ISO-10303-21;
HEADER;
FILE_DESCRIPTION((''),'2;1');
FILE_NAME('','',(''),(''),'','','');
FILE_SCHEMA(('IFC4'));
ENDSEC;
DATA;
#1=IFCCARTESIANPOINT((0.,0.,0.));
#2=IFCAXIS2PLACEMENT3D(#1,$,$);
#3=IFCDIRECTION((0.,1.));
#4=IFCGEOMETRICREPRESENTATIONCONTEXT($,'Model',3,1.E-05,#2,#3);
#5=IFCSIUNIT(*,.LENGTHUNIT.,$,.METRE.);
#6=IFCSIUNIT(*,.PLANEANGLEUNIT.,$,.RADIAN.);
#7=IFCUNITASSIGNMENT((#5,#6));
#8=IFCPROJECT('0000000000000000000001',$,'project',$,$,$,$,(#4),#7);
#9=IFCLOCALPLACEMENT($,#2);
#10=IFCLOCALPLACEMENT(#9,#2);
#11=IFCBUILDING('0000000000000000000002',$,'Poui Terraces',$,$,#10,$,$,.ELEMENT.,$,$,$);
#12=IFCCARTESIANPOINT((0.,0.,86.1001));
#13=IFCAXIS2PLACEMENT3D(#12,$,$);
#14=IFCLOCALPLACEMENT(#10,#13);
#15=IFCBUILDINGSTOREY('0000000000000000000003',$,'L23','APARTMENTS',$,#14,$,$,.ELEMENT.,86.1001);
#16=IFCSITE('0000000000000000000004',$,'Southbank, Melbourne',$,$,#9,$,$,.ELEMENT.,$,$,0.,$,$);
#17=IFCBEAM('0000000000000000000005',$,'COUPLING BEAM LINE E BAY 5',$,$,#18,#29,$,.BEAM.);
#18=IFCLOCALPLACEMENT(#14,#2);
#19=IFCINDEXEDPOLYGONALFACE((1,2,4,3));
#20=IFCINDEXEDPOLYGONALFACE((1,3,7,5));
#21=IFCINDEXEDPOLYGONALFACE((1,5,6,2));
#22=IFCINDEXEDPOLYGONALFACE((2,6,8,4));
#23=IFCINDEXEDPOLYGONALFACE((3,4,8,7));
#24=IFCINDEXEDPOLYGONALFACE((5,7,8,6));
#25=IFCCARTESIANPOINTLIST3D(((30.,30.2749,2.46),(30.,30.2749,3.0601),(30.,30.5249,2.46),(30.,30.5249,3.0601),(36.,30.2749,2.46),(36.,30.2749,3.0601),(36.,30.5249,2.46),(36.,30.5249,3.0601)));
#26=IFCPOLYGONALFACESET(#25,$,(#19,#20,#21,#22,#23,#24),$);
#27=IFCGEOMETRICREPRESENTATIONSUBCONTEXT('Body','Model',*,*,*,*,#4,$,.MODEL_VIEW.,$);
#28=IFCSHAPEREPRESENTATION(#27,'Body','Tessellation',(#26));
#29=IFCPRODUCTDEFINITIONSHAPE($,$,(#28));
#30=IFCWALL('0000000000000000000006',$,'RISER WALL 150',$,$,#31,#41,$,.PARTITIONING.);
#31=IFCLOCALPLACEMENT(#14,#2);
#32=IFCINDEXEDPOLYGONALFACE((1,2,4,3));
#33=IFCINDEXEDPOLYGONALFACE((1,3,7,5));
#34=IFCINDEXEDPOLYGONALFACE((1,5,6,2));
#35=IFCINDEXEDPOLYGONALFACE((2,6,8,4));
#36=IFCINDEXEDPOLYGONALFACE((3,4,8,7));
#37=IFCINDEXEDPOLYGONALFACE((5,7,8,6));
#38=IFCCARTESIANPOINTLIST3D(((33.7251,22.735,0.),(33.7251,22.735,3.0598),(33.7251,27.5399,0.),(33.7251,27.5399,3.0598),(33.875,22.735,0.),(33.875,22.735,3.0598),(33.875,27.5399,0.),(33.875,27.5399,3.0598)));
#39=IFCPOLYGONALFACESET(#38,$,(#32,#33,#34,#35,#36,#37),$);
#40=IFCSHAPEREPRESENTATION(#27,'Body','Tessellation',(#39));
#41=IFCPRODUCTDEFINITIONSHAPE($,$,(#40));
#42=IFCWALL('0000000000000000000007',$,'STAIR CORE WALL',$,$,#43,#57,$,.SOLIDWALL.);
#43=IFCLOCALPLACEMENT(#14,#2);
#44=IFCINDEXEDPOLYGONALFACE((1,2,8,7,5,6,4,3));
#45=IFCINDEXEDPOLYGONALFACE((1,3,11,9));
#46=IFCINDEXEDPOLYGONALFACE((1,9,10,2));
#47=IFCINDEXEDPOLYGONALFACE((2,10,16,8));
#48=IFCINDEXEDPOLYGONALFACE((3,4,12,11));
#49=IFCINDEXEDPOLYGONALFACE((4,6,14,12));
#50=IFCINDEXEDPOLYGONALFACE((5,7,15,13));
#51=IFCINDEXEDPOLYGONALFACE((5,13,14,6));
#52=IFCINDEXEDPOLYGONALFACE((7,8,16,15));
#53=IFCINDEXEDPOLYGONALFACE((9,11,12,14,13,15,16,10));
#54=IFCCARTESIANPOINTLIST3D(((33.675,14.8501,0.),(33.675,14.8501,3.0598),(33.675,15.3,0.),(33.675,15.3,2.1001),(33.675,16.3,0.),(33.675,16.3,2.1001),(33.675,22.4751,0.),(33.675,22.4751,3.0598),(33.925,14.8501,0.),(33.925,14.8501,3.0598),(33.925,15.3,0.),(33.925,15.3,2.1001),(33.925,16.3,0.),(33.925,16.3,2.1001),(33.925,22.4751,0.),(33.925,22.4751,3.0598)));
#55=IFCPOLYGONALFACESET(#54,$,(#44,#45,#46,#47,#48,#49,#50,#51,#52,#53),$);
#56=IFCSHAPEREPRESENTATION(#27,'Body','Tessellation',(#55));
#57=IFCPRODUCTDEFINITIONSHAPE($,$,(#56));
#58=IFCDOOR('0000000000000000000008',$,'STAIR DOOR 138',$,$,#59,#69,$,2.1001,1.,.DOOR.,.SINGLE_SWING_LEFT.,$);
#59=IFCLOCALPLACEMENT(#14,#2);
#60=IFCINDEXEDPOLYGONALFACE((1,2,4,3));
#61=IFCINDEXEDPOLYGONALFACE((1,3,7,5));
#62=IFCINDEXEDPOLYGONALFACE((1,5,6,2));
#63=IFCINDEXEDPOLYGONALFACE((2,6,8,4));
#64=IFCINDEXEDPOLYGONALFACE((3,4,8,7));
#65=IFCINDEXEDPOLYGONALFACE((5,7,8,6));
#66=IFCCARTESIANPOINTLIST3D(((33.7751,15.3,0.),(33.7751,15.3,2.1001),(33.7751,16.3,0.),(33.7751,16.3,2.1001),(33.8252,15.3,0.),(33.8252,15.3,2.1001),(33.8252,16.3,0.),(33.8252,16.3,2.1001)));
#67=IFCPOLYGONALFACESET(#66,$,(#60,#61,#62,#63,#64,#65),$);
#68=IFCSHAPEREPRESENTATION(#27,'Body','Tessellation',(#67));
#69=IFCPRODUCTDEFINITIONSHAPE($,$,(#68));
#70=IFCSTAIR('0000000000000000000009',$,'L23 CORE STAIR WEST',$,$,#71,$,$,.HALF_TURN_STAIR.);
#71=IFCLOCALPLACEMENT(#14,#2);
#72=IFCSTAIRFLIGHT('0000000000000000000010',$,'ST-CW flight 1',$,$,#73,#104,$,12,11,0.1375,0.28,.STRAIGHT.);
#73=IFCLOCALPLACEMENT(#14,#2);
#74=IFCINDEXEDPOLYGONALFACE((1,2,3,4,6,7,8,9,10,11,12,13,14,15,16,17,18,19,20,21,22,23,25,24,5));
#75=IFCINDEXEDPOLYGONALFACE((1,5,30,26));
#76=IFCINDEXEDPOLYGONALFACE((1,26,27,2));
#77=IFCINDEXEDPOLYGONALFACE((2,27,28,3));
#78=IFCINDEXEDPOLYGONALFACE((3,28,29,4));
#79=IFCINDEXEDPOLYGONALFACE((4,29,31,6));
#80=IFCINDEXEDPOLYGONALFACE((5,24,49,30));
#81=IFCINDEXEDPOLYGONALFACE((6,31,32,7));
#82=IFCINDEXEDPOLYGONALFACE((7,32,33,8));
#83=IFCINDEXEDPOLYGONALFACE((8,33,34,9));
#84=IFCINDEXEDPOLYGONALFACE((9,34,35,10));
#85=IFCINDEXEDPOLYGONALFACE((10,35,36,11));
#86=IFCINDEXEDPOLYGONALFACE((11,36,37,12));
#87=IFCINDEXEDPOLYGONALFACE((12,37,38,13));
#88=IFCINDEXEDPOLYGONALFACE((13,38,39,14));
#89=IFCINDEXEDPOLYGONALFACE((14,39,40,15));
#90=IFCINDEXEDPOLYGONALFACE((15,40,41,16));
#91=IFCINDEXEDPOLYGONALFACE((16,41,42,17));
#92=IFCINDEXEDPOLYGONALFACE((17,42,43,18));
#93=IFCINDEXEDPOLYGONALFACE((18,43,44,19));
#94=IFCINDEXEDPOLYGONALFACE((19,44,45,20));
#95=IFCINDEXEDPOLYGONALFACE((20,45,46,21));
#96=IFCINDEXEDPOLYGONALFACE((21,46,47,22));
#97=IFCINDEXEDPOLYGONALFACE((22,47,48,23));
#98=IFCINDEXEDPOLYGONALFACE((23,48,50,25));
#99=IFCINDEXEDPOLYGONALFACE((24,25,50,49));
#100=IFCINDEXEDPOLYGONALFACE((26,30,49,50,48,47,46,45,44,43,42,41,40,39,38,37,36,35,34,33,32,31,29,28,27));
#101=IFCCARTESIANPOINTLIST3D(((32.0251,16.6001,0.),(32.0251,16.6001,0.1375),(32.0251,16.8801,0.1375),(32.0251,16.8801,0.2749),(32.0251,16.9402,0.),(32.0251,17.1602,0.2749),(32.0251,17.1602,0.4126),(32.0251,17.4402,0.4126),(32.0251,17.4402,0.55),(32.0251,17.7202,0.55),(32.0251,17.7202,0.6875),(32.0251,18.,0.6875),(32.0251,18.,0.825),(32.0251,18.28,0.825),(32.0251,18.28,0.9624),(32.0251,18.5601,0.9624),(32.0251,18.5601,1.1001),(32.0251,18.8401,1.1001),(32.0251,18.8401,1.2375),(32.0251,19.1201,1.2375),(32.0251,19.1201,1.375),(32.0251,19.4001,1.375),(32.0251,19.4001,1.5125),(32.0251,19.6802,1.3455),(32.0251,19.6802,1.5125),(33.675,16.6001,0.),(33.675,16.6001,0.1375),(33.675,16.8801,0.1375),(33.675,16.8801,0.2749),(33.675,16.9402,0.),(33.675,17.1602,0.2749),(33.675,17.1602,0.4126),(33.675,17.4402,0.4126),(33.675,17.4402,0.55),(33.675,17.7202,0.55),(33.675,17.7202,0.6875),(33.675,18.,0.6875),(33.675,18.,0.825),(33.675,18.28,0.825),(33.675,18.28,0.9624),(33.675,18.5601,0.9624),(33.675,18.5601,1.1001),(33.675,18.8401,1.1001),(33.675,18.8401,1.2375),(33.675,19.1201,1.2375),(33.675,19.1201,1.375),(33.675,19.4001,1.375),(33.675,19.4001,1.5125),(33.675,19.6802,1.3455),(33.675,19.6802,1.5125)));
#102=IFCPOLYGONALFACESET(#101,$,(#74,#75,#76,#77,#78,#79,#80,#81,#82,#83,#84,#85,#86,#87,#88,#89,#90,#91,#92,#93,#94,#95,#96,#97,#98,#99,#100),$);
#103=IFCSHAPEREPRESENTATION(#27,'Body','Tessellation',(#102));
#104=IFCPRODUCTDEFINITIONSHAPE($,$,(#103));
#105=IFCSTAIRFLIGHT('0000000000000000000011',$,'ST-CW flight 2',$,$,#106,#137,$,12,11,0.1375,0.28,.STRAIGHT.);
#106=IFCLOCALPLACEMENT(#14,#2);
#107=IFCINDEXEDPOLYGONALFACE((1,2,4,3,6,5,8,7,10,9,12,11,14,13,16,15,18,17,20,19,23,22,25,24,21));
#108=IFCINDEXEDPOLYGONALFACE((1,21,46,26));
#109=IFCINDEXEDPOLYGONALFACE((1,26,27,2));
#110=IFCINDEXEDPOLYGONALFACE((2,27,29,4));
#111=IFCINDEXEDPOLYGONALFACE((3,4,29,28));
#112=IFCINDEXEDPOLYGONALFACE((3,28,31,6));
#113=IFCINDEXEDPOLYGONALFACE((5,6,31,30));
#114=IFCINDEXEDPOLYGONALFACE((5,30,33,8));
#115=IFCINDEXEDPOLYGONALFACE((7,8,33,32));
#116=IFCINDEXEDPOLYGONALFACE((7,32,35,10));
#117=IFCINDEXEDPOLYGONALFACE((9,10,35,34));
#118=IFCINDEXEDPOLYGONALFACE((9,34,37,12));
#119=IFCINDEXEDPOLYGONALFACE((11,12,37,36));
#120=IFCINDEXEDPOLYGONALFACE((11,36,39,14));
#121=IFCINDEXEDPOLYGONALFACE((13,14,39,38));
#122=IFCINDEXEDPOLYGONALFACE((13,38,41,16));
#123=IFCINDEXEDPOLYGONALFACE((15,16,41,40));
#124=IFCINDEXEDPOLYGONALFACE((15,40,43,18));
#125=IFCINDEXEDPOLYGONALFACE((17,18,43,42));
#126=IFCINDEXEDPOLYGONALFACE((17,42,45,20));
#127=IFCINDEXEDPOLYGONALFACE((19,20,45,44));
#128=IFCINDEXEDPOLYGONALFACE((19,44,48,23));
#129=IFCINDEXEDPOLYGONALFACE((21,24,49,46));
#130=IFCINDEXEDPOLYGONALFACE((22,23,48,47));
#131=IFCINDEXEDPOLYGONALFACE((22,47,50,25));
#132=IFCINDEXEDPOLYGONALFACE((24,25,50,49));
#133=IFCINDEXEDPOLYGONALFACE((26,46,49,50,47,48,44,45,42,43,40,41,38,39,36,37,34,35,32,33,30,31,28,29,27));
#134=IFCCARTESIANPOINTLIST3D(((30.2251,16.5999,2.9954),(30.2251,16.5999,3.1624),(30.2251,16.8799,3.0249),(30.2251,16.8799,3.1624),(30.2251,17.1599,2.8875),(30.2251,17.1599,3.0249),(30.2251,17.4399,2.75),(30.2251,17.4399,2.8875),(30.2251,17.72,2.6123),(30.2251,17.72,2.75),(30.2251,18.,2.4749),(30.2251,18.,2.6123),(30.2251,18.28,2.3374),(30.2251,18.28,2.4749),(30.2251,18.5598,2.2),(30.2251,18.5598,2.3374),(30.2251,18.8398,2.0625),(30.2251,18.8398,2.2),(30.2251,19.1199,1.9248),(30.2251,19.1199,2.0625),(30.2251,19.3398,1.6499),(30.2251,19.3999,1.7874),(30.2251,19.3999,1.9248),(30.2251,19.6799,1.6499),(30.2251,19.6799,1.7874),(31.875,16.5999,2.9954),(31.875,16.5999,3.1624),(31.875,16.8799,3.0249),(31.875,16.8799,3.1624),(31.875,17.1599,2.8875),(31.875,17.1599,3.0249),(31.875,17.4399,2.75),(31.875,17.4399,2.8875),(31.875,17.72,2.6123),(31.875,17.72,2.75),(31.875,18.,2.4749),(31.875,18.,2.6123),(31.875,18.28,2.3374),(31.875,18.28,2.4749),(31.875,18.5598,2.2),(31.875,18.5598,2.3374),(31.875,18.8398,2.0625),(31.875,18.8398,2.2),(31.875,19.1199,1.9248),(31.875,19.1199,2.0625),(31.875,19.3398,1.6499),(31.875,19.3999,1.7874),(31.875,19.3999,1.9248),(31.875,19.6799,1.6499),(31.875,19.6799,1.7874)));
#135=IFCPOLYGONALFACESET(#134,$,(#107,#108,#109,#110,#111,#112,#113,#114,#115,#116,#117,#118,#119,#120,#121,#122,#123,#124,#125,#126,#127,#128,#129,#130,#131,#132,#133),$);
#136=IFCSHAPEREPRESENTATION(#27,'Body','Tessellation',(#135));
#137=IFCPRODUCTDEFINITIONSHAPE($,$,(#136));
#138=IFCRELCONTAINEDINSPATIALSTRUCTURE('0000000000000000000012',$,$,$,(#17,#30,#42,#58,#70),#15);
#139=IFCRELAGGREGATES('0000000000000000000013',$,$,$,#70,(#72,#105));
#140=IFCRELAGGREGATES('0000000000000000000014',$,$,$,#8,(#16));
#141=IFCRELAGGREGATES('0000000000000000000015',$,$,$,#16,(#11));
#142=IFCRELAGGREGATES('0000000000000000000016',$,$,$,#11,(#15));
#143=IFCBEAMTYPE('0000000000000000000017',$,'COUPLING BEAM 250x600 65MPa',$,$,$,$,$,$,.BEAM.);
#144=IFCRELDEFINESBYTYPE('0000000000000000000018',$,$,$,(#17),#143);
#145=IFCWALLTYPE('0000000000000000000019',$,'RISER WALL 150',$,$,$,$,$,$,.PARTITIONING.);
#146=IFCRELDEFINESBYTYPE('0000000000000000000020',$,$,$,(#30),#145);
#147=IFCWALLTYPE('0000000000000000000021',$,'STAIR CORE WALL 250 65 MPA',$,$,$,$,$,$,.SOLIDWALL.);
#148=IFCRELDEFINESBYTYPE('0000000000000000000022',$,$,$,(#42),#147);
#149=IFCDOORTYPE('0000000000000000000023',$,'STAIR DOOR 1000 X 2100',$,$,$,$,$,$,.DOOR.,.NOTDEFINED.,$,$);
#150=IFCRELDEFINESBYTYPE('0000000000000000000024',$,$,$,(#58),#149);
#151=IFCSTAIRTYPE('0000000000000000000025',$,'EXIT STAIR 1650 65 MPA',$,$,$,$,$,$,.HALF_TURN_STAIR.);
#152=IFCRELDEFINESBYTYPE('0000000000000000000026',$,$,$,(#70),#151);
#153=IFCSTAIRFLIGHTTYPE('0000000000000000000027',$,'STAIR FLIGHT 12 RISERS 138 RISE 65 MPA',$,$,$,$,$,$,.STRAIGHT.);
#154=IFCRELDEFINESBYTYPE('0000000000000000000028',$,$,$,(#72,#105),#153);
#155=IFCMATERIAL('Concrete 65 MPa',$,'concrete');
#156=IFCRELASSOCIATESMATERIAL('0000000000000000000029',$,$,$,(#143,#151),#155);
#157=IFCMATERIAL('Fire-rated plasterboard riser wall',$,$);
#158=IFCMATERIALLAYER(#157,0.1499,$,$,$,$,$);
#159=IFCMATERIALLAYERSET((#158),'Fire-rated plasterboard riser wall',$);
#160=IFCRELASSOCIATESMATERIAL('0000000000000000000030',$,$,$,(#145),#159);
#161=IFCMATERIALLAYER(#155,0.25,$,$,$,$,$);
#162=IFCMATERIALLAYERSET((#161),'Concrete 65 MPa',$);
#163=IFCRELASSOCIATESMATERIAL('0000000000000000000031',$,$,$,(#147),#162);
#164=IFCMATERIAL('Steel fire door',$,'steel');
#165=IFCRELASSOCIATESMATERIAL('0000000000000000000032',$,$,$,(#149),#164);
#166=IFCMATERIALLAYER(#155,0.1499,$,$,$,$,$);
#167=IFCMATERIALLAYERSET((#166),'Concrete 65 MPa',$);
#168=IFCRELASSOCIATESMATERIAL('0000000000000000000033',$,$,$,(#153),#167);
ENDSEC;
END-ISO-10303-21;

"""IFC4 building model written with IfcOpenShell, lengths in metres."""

from ifc_helpers import new_model, si_unit, direction, frame, frame_2d, origin, origin_2d, place, context, subcontext, project, spatial, polyline, rectangle, outline, extrude, source, transform, mapped, material, layer, layer_set, material_profile, profile_set, type_object, element, fill, aggregate, save


model = new_model("IFC4")

# Units and contexts
model_context = context("Model", 3, precision=1e-05, world=origin(), true_north=direction((0.0, 1.0)))
body_context = subcontext(model_context, "Body", "Model", "MODEL_VIEW")
ifc_project = project(units=[si_unit("LENGTHUNIT", "METRE"), si_unit("PLANEANGLEUNIT", "RADIAN")], contexts=[model_context])

# Site, building, storey
site_placement = place(None, origin())
site = spatial("IfcSite", under=ifc_project, at=site_placement, Name="Southbank, Melbourne", CompositionType="ELEMENT", RefElevation=0.0)
building_placement = place(site_placement, origin())
building = spatial("IfcBuilding", under=site, at=building_placement, Name="Poui Terraces", CompositionType="ELEMENT")
storey_placement = place(building_placement, frame((0.0, 0.0, 86.1001)))
storey = spatial("IfcBuildingStorey", under=building, at=storey_placement, Name="L23", Description="APARTMENTS", CompositionType="ELEMENT", Elevation=86.1001)

# Beam
ifc_material_1 = material(Name="Concrete 65 MPa", Category="concrete")
ifc_material_profile = material_profile(ifc_material_1, rectangle(XDim=0.25, YDim=0.6001, at=origin_2d()), Name="RC 250x600")
ifc_profile_set = profile_set([ifc_material_profile], Name="Concrete 65 MPa")
beam_type = type_object("IfcBeamType", Name="COUPLING BEAM 250x600 65MPa", PredefinedType="BEAM", material=ifc_profile_set)
shared_shape = source(origin(), body_context, "Body", "SweptSolid", [
    extrude(rectangle(XDim=0.25, YDim=0.6001, at=origin_2d()), origin(), (0.0, 0.0, 1.0), 6.0),
])
beam_placement = place(storey_placement, frame((30.0, 30.3999, 2.76), z_axis=(1.0, 0.0, 0.0), x_axis=(0.0, 1.0, 0.0)))
element("IfcBeam", 1, at=beam_placement, inside=storey, type_object=beam_type, Name="COUPLING BEAM LINE E BAY 5", PredefinedType="BEAM", context=body_context, shape_type="MappedRepresentation", body=[
    mapped(shared_shape, transform((0.0, 0.0, 0.0))),
])

# Shared definitions
ifc_material_2 = material(Name="Steel fire door", Category="steel")

# Wall
ifc_material_3 = material(Name="Fire-rated plasterboard riser wall")
ifc_layer_1 = layer(ifc_material_3, 0.1499)
ifc_layer_set_1 = layer_set([ifc_layer_1], Name="Fire-rated plasterboard riser wall")
wall_type_1 = type_object("IfcWallType", Name="RISER WALL 150", PredefinedType="PARTITIONING", material=ifc_layer_set_1)
wall_1_placement = place(storey_placement, frame((33.8, 22.7351, 0.0), z_axis=(0.0, 0.0, 1.0), x_axis=(0.0, 1.0, 0.0)))
element("IfcWall", 2, at=wall_1_placement, inside=storey, type_object=wall_type_1, Name="RISER WALL 150", PredefinedType="PARTITIONING", context=body_context, shape_type="SweptSolid", body=[
    extrude(rectangle(XDim=4.8049, YDim=0.1499, at=frame_2d((2.4023, 0.0))), origin(), (0.0, 0.0, 1.0), 3.0598),
])

# Wall, opening, door
ifc_layer_2 = layer(ifc_material_1, 0.25)
ifc_layer_set_2 = layer_set([ifc_layer_2], Name="Concrete 65 MPa")
wall_type_2 = type_object("IfcWallType", Name="STAIR CORE WALL 250 65 MPA", PredefinedType="SOLIDWALL", material=ifc_layer_set_2)
wall_2_placement = place(storey_placement, frame((33.8, 14.8501, 0.0), z_axis=(0.0, 0.0, 1.0), x_axis=(0.0, 1.0, 0.0)))
wall_2 = element("IfcWall", 3, at=wall_2_placement, inside=storey, type_object=wall_type_2, Name="STAIR CORE WALL", PredefinedType="SOLIDWALL", context=body_context, shape_type="SweptSolid", body=[
    extrude(rectangle(XDim=7.625, YDim=0.25, at=frame_2d((3.8125, 0.0))), origin(), (0.0, 0.0, 1.0), 3.0598),
])
opening_1_placement = place(wall_2_placement, frame((0.45, 0.0, 0.0)))
opening_1 = element("IfcOpeningElement", 4, at=opening_1_placement, cuts=wall_2, PredefinedType="OPENING", context=body_context, shape_type="SweptSolid", body=[
    extrude(rectangle(XDim=1.0, YDim=2.1001, at=frame_2d((0.5, 1.05))), frame((0.0, 0.135, 0.0), z_axis=(0.0, -1.0, 0.0), x_axis=(1.0, 0.0, 0.0)), (0.0, 0.0, 1.0), 0.27),
])
door_type_1 = type_object("IfcDoorType", Name="STAIR DOOR 1000 X 2100", OperationType="NOTDEFINED", PredefinedType="DOOR", material=ifc_material_2)
door_1_placement = place(opening_1_placement, origin())
door_1 = element("IfcDoor", 5, at=door_1_placement, inside=storey, type_object=door_type_1, Name="STAIR DOOR 138", OperationType="SINGLE_SWING_LEFT", OverallHeight=2.1001, OverallWidth=1.0, PredefinedType="DOOR", context=body_context, shape_type="SweptSolid", body=[
    extrude(rectangle(XDim=1.0, YDim=2.1001, at=frame_2d((0.5, 1.05))), frame((0.0, 0.0249, 0.0), z_axis=(0.0, -1.0, 0.0), x_axis=(1.0, 0.0, 0.0)), (0.0, 0.0, 1.0), 0.05),
])
fill(opening_1, door_1)

# Stair, stair flights
stair_type = type_object("IfcStairType", Name="EXIT STAIR 1650 65 MPA", PredefinedType="HALF_TURN_STAIR", material=ifc_material_1)
stair_placement = place(storey_placement, origin())
stair = element("IfcStair", 6, at=stair_placement, inside=storey, type_object=stair_type, Name="L23 CORE STAIR WEST", PredefinedType="HALF_TURN_STAIR")
ifc_layer_3 = layer(ifc_material_1, 0.1499)
ifc_layer_set_3 = layer_set([ifc_layer_3], Name="Concrete 65 MPa")
stair_flight_type = type_object("IfcStairFlightType", Name="STAIR FLIGHT 12 RISERS 138 RISE 65 MPA", PredefinedType="STRAIGHT", material=ifc_layer_set_3)
stair_flight_1_placement = place(storey_placement, frame((32.8501, 16.6001, 0.0), z_axis=(0.0, 0.0, 1.0), x_axis=(0.0, 1.0, 0.0)))
stair_flight_1 = element("IfcStairFlight", 7, at=stair_flight_1_placement, type_object=stair_flight_type, Name="ST-CW flight 1", NumberOfRisers=12, NumberOfTreads=11, PredefinedType="STRAIGHT", RiserHeight=0.1375, TreadLength=0.28, context=body_context, shape_type="SweptSolid", body=[
    extrude(outline(polyline([(0.0, 0.0), (0.0, 0.1375), (0.28, 0.1375), (0.28, 0.2749), (0.5601, 0.2749), (0.5601, 0.4126), (0.8401, 0.4126), (0.8401, 0.55), (1.1201, 0.55), (1.1201, 0.6875), (1.3999, 0.6875), (1.3999, 0.825), (1.6799, 0.825), (1.6799, 0.9624), (1.96, 0.9624), (1.96, 1.1001), (2.24, 1.1001), (2.24, 1.2375), (2.52, 1.2375), (2.52, 1.375), (2.8, 1.375), (2.8, 1.5125), (3.0801, 1.5125), (3.0801, 1.6499), (3.0801, 1.3455), (0.3401, 0.0), (0.0, 0.0)])), frame((0.0, 0.825, 0.0), z_axis=(0.0, -1.0, 0.0), x_axis=(1.0, 0.0, 0.0)), (0.0, 0.0, 1.0), 1.6499),
])
stair_flight_2_placement = place(storey_placement, frame((31.05, 19.6799, 1.6499), z_axis=(0.0, 0.0, 1.0), x_axis=(0.0, -1.0, 0.0)))
stair_flight_2 = element("IfcStairFlight", 8, at=stair_flight_2_placement, type_object=stair_flight_type, Name="ST-CW flight 2", NumberOfRisers=12, NumberOfTreads=11, PredefinedType="STRAIGHT", RiserHeight=0.1375, TreadLength=0.28, context=body_context, shape_type="SweptSolid", body=[
    extrude(outline(polyline([(0.0, 0.0), (0.0, 0.1375), (0.28, 0.1375), (0.28, 0.2749), (0.5601, 0.2749), (0.5601, 0.4126), (0.8401, 0.4126), (0.8401, 0.55), (1.1201, 0.55), (1.1201, 0.6875), (1.3999, 0.6875), (1.3999, 0.825), (1.6799, 0.825), (1.6799, 0.9624), (1.96, 0.9624), (1.96, 1.1001), (2.24, 1.1001), (2.24, 1.2375), (2.52, 1.2375), (2.52, 1.375), (2.8, 1.375), (2.8, 1.5125), (3.0801, 1.5125), (3.0801, 1.6499), (3.0801, 1.3455), (0.3401, 0.0), (0.0, 0.0)])), frame((0.0, 0.825, 0.0), z_axis=(0.0, -1.0, 0.0), x_axis=(1.0, 0.0, 0.0)), (0.0, 0.0, 1.0), 1.6499),
])
aggregate(stair, [stair_flight_1, stair_flight_2])

save(model, "model.ifc")
